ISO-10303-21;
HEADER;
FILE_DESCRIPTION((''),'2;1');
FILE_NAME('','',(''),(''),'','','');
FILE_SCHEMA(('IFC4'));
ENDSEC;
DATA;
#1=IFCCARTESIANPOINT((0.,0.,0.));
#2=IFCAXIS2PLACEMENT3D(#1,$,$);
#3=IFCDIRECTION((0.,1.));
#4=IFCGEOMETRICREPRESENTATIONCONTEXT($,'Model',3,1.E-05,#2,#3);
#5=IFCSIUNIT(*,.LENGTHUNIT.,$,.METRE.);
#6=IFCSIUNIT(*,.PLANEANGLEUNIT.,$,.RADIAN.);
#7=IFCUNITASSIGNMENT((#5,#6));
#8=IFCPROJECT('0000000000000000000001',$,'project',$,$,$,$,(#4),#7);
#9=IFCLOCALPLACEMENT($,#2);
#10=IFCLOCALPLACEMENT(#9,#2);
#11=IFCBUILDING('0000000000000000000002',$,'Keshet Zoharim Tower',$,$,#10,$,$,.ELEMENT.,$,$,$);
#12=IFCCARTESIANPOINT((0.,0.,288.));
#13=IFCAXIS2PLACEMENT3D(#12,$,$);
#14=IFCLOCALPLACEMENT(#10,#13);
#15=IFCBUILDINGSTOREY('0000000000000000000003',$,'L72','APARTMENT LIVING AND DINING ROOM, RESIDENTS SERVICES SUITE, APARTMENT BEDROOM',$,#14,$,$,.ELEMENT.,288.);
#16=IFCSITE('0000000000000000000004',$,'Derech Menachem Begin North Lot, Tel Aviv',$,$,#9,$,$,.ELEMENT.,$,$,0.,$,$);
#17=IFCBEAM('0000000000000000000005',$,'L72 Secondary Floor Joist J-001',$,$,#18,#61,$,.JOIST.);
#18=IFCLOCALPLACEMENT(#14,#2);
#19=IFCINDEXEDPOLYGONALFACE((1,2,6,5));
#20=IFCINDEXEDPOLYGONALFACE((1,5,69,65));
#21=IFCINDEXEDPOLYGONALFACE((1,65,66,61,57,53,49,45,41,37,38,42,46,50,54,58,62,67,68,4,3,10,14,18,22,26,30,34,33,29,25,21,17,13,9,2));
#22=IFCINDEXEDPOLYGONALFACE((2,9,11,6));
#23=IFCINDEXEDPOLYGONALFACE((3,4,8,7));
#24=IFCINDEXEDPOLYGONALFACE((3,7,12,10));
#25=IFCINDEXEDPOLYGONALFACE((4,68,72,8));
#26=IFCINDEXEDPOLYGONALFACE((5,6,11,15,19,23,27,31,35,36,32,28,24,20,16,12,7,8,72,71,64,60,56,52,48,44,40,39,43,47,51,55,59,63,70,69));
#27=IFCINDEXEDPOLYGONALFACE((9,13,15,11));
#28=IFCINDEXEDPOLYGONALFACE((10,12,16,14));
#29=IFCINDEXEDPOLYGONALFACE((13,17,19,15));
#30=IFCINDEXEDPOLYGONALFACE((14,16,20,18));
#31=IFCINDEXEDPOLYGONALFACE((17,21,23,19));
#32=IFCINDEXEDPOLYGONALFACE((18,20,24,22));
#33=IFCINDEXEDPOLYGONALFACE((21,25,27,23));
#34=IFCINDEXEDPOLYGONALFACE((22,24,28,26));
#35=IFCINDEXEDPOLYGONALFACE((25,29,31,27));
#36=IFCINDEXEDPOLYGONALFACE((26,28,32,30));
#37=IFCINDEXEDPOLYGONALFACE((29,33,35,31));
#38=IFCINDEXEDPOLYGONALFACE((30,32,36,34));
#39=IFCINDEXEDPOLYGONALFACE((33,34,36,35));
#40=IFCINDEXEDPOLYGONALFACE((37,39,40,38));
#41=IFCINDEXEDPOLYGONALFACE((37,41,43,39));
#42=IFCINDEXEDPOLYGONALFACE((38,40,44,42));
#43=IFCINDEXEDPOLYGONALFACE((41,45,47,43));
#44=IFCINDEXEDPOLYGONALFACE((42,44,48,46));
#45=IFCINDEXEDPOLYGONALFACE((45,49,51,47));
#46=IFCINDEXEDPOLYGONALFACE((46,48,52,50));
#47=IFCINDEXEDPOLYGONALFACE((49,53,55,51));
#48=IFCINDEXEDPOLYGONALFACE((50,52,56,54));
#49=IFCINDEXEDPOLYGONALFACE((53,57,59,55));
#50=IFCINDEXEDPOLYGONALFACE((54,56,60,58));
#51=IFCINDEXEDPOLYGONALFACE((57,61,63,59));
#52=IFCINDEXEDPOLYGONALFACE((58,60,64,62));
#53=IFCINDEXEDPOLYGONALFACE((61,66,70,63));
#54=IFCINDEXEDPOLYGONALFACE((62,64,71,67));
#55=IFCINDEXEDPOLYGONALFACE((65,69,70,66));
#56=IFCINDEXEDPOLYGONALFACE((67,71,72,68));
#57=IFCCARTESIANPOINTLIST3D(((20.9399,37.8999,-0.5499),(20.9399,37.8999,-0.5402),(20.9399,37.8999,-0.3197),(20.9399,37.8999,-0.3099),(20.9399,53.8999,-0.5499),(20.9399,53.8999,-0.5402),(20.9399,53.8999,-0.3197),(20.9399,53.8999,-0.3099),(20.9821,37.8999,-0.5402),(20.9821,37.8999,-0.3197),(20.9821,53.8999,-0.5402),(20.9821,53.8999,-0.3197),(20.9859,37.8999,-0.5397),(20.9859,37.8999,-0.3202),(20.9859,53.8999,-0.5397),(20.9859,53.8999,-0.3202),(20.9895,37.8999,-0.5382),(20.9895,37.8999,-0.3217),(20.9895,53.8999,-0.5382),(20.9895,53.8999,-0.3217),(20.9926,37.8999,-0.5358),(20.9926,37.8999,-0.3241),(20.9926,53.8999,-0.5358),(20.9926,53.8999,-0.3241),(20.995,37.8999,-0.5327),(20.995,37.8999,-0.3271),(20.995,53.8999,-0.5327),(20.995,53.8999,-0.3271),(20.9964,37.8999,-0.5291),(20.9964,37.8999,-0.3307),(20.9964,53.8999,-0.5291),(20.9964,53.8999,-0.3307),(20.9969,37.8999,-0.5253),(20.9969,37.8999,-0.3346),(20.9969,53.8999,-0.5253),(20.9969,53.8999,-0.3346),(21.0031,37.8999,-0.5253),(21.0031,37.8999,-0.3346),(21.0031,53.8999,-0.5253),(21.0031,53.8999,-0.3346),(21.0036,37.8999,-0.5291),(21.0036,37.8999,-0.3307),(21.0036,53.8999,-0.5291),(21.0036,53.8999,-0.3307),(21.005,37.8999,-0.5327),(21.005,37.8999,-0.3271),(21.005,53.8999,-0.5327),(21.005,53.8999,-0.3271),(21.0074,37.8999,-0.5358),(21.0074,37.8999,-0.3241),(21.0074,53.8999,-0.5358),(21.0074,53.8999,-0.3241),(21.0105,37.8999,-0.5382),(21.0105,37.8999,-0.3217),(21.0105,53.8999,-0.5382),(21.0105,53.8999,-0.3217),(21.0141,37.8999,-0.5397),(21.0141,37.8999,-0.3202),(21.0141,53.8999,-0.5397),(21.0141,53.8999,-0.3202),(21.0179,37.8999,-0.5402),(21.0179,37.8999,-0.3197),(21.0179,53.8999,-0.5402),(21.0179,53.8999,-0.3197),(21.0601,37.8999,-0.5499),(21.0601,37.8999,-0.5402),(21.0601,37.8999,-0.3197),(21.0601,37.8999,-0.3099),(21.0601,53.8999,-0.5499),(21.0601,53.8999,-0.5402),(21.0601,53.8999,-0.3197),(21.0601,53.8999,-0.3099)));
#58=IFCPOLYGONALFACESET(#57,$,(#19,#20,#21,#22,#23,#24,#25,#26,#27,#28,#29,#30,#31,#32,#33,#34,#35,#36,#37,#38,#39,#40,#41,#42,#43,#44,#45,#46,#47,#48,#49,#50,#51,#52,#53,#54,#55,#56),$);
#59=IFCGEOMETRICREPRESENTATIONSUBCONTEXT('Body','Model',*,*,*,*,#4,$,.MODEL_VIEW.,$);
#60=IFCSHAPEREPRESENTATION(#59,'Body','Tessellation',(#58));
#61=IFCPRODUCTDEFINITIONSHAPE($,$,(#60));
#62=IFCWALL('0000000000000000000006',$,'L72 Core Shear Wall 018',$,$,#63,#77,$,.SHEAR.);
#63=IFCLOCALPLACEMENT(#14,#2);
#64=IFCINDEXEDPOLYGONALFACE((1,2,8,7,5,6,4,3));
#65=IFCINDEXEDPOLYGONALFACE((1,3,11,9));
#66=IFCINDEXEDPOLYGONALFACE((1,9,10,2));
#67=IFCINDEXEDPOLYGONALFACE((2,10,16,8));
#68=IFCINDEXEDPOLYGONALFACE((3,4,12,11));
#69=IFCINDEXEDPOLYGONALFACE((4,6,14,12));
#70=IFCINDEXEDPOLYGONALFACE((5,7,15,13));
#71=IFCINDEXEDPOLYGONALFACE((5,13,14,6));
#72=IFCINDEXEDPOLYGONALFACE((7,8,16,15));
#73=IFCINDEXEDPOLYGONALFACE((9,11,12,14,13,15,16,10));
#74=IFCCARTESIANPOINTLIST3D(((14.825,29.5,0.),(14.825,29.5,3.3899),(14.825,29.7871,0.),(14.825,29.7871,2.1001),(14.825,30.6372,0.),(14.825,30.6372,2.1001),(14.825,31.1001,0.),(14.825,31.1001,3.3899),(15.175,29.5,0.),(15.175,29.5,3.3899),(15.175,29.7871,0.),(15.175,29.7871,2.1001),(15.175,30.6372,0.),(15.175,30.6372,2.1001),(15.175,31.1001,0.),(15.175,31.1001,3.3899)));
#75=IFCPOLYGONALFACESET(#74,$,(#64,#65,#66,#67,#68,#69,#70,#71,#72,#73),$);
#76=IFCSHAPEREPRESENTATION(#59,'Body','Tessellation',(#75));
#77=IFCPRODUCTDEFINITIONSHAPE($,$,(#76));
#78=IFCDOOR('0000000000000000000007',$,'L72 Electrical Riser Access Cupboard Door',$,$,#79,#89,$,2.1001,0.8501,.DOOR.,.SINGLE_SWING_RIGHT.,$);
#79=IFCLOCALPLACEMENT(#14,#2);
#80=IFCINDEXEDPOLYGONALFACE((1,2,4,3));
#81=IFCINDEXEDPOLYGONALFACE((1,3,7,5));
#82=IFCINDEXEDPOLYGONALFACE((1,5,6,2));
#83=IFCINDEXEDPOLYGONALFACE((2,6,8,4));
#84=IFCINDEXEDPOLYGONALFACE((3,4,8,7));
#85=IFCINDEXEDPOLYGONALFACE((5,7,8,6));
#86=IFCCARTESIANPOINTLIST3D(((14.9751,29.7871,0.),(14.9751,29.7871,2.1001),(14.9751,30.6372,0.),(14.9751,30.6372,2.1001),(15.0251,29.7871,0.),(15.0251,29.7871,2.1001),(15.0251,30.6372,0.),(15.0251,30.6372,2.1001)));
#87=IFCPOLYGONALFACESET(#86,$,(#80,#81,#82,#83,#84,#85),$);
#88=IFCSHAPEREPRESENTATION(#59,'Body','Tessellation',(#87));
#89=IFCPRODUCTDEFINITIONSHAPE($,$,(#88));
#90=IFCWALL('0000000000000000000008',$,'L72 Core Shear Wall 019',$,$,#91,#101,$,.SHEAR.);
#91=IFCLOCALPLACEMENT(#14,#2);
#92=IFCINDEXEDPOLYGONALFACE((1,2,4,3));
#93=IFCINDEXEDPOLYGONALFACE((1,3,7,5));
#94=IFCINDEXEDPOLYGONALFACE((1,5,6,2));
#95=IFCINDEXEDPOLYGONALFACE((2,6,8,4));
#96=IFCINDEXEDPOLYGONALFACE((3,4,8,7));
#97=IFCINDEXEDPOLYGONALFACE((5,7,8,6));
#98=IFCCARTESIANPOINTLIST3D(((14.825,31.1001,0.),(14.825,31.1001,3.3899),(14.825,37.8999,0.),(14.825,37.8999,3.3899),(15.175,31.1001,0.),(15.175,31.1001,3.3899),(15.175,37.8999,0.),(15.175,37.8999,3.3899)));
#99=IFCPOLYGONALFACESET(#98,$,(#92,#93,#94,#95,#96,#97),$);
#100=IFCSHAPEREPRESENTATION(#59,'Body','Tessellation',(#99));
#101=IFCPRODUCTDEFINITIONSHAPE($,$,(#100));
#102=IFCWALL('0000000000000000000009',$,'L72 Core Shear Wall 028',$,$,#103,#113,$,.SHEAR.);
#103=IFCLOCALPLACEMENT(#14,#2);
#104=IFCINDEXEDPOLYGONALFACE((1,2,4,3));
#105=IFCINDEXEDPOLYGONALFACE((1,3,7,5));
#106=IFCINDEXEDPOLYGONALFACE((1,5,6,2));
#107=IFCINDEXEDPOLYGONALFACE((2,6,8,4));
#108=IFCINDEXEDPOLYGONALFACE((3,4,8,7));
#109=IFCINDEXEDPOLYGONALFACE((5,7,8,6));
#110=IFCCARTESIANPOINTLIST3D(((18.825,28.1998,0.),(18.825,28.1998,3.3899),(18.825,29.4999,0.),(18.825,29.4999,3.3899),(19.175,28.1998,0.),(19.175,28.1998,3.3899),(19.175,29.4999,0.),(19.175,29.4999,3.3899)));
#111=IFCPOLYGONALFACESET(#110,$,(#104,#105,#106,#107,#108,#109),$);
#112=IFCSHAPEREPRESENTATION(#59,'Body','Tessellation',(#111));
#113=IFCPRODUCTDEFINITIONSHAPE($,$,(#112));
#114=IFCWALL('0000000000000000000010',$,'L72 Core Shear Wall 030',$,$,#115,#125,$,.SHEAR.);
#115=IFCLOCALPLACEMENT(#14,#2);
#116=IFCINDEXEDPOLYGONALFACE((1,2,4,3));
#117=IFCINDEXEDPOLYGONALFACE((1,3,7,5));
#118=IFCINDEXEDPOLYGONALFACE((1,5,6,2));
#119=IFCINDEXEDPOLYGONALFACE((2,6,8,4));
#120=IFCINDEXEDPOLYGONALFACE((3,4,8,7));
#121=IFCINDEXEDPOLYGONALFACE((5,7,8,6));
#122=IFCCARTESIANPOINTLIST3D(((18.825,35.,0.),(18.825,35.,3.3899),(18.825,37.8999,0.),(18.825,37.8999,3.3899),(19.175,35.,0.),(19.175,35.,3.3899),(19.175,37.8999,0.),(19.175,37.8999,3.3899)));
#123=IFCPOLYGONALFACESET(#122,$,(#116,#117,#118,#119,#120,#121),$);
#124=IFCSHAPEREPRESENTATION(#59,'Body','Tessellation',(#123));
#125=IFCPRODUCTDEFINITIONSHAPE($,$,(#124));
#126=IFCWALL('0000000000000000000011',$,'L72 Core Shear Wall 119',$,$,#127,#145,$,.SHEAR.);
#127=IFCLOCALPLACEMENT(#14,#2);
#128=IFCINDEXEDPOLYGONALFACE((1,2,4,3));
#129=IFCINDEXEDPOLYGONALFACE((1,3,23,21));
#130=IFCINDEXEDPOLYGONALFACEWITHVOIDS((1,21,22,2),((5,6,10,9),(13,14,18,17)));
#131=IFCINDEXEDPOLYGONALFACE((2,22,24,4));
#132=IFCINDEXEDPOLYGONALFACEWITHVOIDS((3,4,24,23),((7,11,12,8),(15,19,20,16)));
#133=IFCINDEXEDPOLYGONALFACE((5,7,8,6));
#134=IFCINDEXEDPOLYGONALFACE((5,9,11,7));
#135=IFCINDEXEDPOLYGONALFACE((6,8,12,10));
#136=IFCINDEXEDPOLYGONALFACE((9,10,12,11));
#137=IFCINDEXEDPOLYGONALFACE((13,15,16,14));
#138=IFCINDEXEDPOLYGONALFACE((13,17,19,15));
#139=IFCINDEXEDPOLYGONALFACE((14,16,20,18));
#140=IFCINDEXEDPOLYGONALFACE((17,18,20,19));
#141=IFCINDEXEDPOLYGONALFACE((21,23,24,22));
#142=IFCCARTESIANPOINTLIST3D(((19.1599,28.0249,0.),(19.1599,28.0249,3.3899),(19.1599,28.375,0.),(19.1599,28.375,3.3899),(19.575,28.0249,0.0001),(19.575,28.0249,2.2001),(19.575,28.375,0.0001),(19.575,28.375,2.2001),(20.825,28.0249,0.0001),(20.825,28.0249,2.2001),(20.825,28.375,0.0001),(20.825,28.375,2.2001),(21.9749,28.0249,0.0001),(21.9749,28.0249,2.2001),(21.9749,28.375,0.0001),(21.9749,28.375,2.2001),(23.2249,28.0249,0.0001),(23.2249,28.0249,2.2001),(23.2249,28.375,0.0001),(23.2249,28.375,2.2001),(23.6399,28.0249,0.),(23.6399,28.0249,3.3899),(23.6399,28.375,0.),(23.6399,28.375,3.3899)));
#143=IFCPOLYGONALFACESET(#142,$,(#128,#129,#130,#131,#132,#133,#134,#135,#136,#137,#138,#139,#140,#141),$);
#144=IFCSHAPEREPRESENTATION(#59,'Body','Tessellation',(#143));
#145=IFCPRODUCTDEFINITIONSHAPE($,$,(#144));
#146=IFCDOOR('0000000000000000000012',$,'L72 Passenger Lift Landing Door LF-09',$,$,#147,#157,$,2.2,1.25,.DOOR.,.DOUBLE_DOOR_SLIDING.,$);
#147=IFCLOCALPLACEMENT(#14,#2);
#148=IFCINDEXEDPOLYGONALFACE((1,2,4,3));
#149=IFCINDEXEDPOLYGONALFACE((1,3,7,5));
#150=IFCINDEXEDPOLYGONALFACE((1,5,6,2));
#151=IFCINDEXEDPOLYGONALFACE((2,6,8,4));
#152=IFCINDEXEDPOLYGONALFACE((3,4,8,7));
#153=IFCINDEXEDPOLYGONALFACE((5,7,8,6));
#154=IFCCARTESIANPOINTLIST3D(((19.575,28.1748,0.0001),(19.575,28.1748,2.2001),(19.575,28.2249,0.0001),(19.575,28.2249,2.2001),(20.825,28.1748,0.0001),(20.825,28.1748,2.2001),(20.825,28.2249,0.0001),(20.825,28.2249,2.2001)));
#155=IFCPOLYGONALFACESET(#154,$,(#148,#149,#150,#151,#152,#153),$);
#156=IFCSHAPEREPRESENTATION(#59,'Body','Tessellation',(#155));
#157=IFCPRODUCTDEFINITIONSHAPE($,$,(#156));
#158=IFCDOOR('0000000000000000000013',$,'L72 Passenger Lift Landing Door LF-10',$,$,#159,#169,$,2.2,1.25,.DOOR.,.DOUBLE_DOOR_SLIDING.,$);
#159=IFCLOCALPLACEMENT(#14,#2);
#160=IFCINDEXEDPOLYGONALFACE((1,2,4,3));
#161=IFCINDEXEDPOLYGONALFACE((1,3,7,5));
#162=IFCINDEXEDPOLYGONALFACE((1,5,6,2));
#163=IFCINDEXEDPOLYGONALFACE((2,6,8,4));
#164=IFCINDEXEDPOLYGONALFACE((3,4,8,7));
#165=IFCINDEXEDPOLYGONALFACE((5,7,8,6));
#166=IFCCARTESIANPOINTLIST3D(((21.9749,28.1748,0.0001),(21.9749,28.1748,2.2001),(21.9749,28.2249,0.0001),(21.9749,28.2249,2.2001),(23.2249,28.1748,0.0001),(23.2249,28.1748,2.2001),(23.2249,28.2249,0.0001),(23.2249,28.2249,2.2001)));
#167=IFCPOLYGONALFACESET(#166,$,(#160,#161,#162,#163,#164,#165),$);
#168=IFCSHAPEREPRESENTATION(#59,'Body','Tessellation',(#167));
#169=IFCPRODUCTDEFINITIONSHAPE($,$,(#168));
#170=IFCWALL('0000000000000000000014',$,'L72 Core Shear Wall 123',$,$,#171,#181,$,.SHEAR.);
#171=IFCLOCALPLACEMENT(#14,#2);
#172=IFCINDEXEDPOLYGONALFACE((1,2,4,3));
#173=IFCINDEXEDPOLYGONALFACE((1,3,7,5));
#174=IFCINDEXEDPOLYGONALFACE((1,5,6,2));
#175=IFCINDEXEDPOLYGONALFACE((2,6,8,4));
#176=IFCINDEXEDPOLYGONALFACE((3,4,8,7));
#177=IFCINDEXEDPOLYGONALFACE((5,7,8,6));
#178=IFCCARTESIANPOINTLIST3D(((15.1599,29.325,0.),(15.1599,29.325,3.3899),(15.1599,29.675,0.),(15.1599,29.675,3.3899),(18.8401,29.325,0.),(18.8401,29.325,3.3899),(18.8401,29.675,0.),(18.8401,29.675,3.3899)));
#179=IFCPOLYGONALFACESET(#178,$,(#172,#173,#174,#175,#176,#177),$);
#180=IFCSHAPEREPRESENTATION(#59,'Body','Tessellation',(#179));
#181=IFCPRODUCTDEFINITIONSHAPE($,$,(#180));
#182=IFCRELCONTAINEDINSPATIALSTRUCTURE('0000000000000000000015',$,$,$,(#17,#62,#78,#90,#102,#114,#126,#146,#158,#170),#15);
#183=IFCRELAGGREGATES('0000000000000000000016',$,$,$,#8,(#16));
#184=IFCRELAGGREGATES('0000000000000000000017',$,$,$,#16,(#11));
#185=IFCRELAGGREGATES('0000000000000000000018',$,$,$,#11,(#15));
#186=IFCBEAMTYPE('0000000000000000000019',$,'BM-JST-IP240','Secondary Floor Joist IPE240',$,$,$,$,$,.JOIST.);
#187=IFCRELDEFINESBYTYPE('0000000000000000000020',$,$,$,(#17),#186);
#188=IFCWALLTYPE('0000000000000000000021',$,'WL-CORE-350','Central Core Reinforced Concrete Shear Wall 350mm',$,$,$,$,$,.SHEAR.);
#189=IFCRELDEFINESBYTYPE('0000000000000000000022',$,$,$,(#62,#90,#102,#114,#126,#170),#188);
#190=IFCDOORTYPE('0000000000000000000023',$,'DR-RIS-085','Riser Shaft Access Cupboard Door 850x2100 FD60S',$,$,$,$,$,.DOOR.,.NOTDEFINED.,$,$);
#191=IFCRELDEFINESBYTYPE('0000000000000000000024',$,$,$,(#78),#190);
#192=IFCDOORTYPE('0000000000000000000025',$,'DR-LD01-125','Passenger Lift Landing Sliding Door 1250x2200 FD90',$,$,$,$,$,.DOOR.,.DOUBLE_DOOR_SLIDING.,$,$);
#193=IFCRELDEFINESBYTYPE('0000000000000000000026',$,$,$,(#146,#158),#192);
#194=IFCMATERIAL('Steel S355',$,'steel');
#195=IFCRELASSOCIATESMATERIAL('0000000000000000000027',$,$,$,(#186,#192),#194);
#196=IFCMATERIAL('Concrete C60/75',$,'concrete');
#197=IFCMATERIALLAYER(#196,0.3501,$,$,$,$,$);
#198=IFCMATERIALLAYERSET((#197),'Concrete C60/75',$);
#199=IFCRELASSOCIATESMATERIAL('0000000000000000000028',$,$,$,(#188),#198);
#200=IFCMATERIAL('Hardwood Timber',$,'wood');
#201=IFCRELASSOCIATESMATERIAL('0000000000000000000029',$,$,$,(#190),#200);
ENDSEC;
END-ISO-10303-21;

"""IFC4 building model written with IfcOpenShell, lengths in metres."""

from ifc_helpers import new_model, si_unit, direction, frame, frame_2d, origin, origin_2d, place, context, subcontext, project, spatial, rectangle, i_section, extrude, material, layer, layer_set, material_profile, profile_set, type_object, element, fill, save


model = new_model("IFC4")

# Units and contexts
model_context = context("Model", 3, precision=1e-05, world=origin(), true_north=direction((0.0, 1.0)))
body_context = subcontext(model_context, "Body", "Model", "MODEL_VIEW")
ifc_project = project(units=[si_unit("LENGTHUNIT", "METRE"), si_unit("PLANEANGLEUNIT", "RADIAN")], contexts=[model_context])

# Site, building, storey
site_placement = place(None, origin())
site = spatial("IfcSite", under=ifc_project, at=site_placement, Name="Derech Menachem Begin North Lot, Tel Aviv", CompositionType="ELEMENT", RefElevation=0.0)
building_placement = place(site_placement, origin())
building = spatial("IfcBuilding", under=site, at=building_placement, Name="Keshet Zoharim Tower", CompositionType="ELEMENT")
storey_placement = place(building_placement, frame((0.0, 0.0, 288.0)))
storey = spatial("IfcBuildingStorey", under=building, at=storey_placement, Name="L72", Description="APARTMENT LIVING AND DINING ROOM, RESIDENTS SERVICES SUITE, APARTMENT BEDROOM", CompositionType="ELEMENT", Elevation=288.0)

# Beam
ifc_material_1 = material(Name="Steel S355", Category="steel")
ifc_material_profile = material_profile(ifc_material_1, i_section(OverallWidth=0.1201, OverallDepth=0.24, WebThickness=0.0061, FlangeThickness=0.0098, FilletRadius=0.0149, at=origin_2d()), Name="IPE240")
ifc_profile_set = profile_set([ifc_material_profile], Name="Steel S355")
beam_type = type_object("IfcBeamType", Name="BM-JST-IP240", Description="Secondary Floor Joist IPE240", PredefinedType="JOIST", material=ifc_profile_set)
beam_placement = place(storey_placement, frame((21.0, 37.8999, -0.4299), z_axis=(0.0, 1.0, 0.0), x_axis=(-1.0, 0.0, 0.0)))
element("IfcBeam", 1, at=beam_placement, inside=storey, type_object=beam_type, Name="L72 Secondary Floor Joist J-001", PredefinedType="JOIST", context=body_context, shape_type="SweptSolid", body=[
    extrude(i_section(OverallWidth=0.1201, OverallDepth=0.24, WebThickness=0.0061, FlangeThickness=0.0098, FilletRadius=0.0149, at=origin_2d()), origin(), (0.0, 0.0, 1.0), 16.0),
])

# Wall, opening, door
ifc_material_2 = material(Name="Concrete C60/75", Category="concrete")
ifc_layer_1 = layer(ifc_material_2, 0.3501)
ifc_layer_set_1 = layer_set([ifc_layer_1], Name="Concrete C60/75")
wall_type_1 = type_object("IfcWallType", Name="WL-CORE-350", Description="Central Core Reinforced Concrete Shear Wall 350mm", PredefinedType="SHEAR", material=ifc_layer_set_1)
wall_1_placement = place(storey_placement, frame((15.0, 29.5, 0.0), z_axis=(0.0, 0.0, 1.0), x_axis=(0.0, 1.0, 0.0)))
wall_1 = element("IfcWall", 2, at=wall_1_placement, inside=storey, type_object=wall_type_1, Name="L72 Core Shear Wall 018", PredefinedType="SHEAR", context=body_context, shape_type="SweptSolid", body=[
    extrude(rectangle(XDim=1.6001, YDim=0.3501, at=frame_2d((0.8, 0.0))), origin(), (0.0, 0.0, 1.0), 3.3899),
])
opening_1_placement = place(wall_1_placement, frame((0.2871, 0.0, 0.0)))
opening_1 = element("IfcOpeningElement", 3, at=opening_1_placement, cuts=wall_1, PredefinedType="OPENING", context=body_context, shape_type="SweptSolid", body=[
    extrude(rectangle(XDim=0.8501, YDim=2.1001, at=frame_2d((0.425, 1.05))), frame((0.0, 0.1851, 0.0), z_axis=(0.0, -1.0, 0.0), x_axis=(1.0, 0.0, 0.0)), (0.0, 0.0, 1.0), 0.3701),
])
ifc_material_3 = material(Name="Hardwood Timber", Category="wood")
door_type_1 = type_object("IfcDoorType", Name="DR-RIS-085", Description="Riser Shaft Access Cupboard Door 850x2100 FD60S", OperationType="NOTDEFINED", PredefinedType="DOOR", material=ifc_material_3)
door_1_placement = place(opening_1_placement, origin())
door_1 = element("IfcDoor", 4, at=door_1_placement, inside=storey, type_object=door_type_1, Name="L72 Electrical Riser Access Cupboard Door", OperationType="SINGLE_SWING_RIGHT", OverallHeight=2.1001, OverallWidth=0.8501, PredefinedType="DOOR", context=body_context, shape_type="SweptSolid", body=[
    extrude(rectangle(XDim=0.8501, YDim=2.1001, at=frame_2d((0.425, 1.05))), frame((0.0, 0.0249, 0.0), z_axis=(0.0, -1.0, 0.0), x_axis=(1.0, 0.0, 0.0)), (0.0, 0.0, 1.0), 0.05),
])
fill(opening_1, door_1)

# Walls
wall_2_placement = place(storey_placement, frame((15.0, 31.1001, 0.0), z_axis=(0.0, 0.0, 1.0), x_axis=(0.0, 1.0, 0.0)))
element("IfcWall", 5, at=wall_2_placement, inside=storey, type_object=wall_type_1, Name="L72 Core Shear Wall 019", PredefinedType="SHEAR", context=body_context, shape_type="SweptSolid", body=[
    extrude(rectangle(XDim=6.7998, YDim=0.3501, at=frame_2d((3.3999, 0.0))), origin(), (0.0, 0.0, 1.0), 3.3899),
])
wall_3_placement = place(storey_placement, frame((19.0, 28.2, 0.0), z_axis=(0.0, 0.0, 1.0), x_axis=(0.0, 1.0, 0.0)))
element("IfcWall", 6, at=wall_3_placement, inside=storey, type_object=wall_type_1, Name="L72 Core Shear Wall 028", PredefinedType="SHEAR", context=body_context, shape_type="SweptSolid", body=[
    extrude(rectangle(XDim=1.3, YDim=0.3501, at=frame_2d((0.6499, 0.0))), origin(), (0.0, 0.0, 1.0), 3.3899),
])

# Wall
wall_4_placement = place(storey_placement, frame((19.0, 35.0, 0.0), z_axis=(0.0, 0.0, 1.0), x_axis=(0.0, 1.0, 0.0)))
element("IfcWall", 7, at=wall_4_placement, inside=storey, type_object=wall_type_1, Name="L72 Core Shear Wall 030", PredefinedType="SHEAR", context=body_context, shape_type="SweptSolid", body=[
    extrude(rectangle(XDim=2.8999, YDim=0.3501, at=frame_2d((1.45, 0.0))), origin(), (0.0, 0.0, 1.0), 3.3899),
])

# Wall, openings, doors
wall_5_placement = place(storey_placement, frame((19.1599, 28.2, 0.0), z_axis=(0.0, 0.0, 1.0), x_axis=(1.0, 0.0, 0.0)))
wall_5 = element("IfcWall", 8, at=wall_5_placement, inside=storey, type_object=wall_type_1, Name="L72 Core Shear Wall 119", PredefinedType="SHEAR", context=body_context, shape_type="SweptSolid", body=[
    extrude(rectangle(XDim=4.48, YDim=0.3501, at=frame_2d((2.24, 0.0))), origin(), (0.0, 0.0, 1.0), 3.3899),
])
opening_2_placement = place(wall_5_placement, frame((0.415, 0.0, 0.0)))
opening_2 = element("IfcOpeningElement", 9, at=opening_2_placement, cuts=wall_5, PredefinedType="OPENING", context=body_context, shape_type="SweptSolid", body=[
    extrude(rectangle(XDim=1.25, YDim=2.2, at=frame_2d((0.625, 1.1001))), frame((0.0, 0.1851, 0.0), z_axis=(0.0, -1.0, 0.0), x_axis=(1.0, 0.0, 0.0)), (0.0, 0.0, 1.0), 0.3701),
])
opening_3_placement = place(wall_5_placement, frame((2.8149, 0.0, 0.0)))
opening_3 = element("IfcOpeningElement", 10, at=opening_3_placement, cuts=wall_5, PredefinedType="OPENING", context=body_context, shape_type="SweptSolid", body=[
    extrude(rectangle(XDim=1.25, YDim=2.2, at=frame_2d((0.625, 1.1001))), frame((0.0, 0.1851, 0.0), z_axis=(0.0, -1.0, 0.0), x_axis=(1.0, 0.0, 0.0)), (0.0, 0.0, 1.0), 0.3701),
])
door_type_2 = type_object("IfcDoorType", Name="DR-LD01-125", Description="Passenger Lift Landing Sliding Door 1250x2200 FD90", OperationType="DOUBLE_DOOR_SLIDING", PredefinedType="DOOR", material=ifc_material_1)
door_2_placement = place(opening_2_placement, origin())
door_2 = element("IfcDoor", 11, at=door_2_placement, inside=storey, type_object=door_type_2, Name="L72 Passenger Lift Landing Door LF-09", OperationType="DOUBLE_DOOR_SLIDING", OverallHeight=2.2, OverallWidth=1.25, PredefinedType="DOOR", context=body_context, shape_type="SweptSolid", body=[
    extrude(rectangle(XDim=1.25, YDim=2.2, at=frame_2d((0.625, 1.1001))), frame((0.0, 0.0249, 0.0), z_axis=(0.0, -1.0, 0.0), x_axis=(1.0, 0.0, 0.0)), (0.0, 0.0, 1.0), 0.05),
])
fill(opening_2, door_2)
door_3_placement = place(opening_3_placement, origin())
door_3 = element("IfcDoor", 12, at=door_3_placement, inside=storey, type_object=door_type_2, Name="L72 Passenger Lift Landing Door LF-10", OperationType="DOUBLE_DOOR_SLIDING", OverallHeight=2.2, OverallWidth=1.25, PredefinedType="DOOR", context=body_context, shape_type="SweptSolid", body=[
    extrude(rectangle(XDim=1.25, YDim=2.2, at=frame_2d((0.625, 1.1001))), frame((0.0, 0.0249, 0.0), z_axis=(0.0, -1.0, 0.0), x_axis=(1.0, 0.0, 0.0)), (0.0, 0.0, 1.0), 0.05),
])
fill(opening_3, door_3)

# Wall
wall_6_placement = place(storey_placement, frame((15.1599, 29.5, 0.0), z_axis=(0.0, 0.0, 1.0), x_axis=(1.0, 0.0, 0.0)))
element("IfcWall", 13, at=wall_6_placement, inside=storey, type_object=wall_type_1, Name="L72 Core Shear Wall 123", PredefinedType="SHEAR", context=body_context, shape_type="SweptSolid", body=[
    extrude(rectangle(XDim=3.6802, YDim=0.3501, at=frame_2d((1.8401, 0.0))), origin(), (0.0, 0.0, 1.0), 3.3899),
])

save(model, "model.ifc")
